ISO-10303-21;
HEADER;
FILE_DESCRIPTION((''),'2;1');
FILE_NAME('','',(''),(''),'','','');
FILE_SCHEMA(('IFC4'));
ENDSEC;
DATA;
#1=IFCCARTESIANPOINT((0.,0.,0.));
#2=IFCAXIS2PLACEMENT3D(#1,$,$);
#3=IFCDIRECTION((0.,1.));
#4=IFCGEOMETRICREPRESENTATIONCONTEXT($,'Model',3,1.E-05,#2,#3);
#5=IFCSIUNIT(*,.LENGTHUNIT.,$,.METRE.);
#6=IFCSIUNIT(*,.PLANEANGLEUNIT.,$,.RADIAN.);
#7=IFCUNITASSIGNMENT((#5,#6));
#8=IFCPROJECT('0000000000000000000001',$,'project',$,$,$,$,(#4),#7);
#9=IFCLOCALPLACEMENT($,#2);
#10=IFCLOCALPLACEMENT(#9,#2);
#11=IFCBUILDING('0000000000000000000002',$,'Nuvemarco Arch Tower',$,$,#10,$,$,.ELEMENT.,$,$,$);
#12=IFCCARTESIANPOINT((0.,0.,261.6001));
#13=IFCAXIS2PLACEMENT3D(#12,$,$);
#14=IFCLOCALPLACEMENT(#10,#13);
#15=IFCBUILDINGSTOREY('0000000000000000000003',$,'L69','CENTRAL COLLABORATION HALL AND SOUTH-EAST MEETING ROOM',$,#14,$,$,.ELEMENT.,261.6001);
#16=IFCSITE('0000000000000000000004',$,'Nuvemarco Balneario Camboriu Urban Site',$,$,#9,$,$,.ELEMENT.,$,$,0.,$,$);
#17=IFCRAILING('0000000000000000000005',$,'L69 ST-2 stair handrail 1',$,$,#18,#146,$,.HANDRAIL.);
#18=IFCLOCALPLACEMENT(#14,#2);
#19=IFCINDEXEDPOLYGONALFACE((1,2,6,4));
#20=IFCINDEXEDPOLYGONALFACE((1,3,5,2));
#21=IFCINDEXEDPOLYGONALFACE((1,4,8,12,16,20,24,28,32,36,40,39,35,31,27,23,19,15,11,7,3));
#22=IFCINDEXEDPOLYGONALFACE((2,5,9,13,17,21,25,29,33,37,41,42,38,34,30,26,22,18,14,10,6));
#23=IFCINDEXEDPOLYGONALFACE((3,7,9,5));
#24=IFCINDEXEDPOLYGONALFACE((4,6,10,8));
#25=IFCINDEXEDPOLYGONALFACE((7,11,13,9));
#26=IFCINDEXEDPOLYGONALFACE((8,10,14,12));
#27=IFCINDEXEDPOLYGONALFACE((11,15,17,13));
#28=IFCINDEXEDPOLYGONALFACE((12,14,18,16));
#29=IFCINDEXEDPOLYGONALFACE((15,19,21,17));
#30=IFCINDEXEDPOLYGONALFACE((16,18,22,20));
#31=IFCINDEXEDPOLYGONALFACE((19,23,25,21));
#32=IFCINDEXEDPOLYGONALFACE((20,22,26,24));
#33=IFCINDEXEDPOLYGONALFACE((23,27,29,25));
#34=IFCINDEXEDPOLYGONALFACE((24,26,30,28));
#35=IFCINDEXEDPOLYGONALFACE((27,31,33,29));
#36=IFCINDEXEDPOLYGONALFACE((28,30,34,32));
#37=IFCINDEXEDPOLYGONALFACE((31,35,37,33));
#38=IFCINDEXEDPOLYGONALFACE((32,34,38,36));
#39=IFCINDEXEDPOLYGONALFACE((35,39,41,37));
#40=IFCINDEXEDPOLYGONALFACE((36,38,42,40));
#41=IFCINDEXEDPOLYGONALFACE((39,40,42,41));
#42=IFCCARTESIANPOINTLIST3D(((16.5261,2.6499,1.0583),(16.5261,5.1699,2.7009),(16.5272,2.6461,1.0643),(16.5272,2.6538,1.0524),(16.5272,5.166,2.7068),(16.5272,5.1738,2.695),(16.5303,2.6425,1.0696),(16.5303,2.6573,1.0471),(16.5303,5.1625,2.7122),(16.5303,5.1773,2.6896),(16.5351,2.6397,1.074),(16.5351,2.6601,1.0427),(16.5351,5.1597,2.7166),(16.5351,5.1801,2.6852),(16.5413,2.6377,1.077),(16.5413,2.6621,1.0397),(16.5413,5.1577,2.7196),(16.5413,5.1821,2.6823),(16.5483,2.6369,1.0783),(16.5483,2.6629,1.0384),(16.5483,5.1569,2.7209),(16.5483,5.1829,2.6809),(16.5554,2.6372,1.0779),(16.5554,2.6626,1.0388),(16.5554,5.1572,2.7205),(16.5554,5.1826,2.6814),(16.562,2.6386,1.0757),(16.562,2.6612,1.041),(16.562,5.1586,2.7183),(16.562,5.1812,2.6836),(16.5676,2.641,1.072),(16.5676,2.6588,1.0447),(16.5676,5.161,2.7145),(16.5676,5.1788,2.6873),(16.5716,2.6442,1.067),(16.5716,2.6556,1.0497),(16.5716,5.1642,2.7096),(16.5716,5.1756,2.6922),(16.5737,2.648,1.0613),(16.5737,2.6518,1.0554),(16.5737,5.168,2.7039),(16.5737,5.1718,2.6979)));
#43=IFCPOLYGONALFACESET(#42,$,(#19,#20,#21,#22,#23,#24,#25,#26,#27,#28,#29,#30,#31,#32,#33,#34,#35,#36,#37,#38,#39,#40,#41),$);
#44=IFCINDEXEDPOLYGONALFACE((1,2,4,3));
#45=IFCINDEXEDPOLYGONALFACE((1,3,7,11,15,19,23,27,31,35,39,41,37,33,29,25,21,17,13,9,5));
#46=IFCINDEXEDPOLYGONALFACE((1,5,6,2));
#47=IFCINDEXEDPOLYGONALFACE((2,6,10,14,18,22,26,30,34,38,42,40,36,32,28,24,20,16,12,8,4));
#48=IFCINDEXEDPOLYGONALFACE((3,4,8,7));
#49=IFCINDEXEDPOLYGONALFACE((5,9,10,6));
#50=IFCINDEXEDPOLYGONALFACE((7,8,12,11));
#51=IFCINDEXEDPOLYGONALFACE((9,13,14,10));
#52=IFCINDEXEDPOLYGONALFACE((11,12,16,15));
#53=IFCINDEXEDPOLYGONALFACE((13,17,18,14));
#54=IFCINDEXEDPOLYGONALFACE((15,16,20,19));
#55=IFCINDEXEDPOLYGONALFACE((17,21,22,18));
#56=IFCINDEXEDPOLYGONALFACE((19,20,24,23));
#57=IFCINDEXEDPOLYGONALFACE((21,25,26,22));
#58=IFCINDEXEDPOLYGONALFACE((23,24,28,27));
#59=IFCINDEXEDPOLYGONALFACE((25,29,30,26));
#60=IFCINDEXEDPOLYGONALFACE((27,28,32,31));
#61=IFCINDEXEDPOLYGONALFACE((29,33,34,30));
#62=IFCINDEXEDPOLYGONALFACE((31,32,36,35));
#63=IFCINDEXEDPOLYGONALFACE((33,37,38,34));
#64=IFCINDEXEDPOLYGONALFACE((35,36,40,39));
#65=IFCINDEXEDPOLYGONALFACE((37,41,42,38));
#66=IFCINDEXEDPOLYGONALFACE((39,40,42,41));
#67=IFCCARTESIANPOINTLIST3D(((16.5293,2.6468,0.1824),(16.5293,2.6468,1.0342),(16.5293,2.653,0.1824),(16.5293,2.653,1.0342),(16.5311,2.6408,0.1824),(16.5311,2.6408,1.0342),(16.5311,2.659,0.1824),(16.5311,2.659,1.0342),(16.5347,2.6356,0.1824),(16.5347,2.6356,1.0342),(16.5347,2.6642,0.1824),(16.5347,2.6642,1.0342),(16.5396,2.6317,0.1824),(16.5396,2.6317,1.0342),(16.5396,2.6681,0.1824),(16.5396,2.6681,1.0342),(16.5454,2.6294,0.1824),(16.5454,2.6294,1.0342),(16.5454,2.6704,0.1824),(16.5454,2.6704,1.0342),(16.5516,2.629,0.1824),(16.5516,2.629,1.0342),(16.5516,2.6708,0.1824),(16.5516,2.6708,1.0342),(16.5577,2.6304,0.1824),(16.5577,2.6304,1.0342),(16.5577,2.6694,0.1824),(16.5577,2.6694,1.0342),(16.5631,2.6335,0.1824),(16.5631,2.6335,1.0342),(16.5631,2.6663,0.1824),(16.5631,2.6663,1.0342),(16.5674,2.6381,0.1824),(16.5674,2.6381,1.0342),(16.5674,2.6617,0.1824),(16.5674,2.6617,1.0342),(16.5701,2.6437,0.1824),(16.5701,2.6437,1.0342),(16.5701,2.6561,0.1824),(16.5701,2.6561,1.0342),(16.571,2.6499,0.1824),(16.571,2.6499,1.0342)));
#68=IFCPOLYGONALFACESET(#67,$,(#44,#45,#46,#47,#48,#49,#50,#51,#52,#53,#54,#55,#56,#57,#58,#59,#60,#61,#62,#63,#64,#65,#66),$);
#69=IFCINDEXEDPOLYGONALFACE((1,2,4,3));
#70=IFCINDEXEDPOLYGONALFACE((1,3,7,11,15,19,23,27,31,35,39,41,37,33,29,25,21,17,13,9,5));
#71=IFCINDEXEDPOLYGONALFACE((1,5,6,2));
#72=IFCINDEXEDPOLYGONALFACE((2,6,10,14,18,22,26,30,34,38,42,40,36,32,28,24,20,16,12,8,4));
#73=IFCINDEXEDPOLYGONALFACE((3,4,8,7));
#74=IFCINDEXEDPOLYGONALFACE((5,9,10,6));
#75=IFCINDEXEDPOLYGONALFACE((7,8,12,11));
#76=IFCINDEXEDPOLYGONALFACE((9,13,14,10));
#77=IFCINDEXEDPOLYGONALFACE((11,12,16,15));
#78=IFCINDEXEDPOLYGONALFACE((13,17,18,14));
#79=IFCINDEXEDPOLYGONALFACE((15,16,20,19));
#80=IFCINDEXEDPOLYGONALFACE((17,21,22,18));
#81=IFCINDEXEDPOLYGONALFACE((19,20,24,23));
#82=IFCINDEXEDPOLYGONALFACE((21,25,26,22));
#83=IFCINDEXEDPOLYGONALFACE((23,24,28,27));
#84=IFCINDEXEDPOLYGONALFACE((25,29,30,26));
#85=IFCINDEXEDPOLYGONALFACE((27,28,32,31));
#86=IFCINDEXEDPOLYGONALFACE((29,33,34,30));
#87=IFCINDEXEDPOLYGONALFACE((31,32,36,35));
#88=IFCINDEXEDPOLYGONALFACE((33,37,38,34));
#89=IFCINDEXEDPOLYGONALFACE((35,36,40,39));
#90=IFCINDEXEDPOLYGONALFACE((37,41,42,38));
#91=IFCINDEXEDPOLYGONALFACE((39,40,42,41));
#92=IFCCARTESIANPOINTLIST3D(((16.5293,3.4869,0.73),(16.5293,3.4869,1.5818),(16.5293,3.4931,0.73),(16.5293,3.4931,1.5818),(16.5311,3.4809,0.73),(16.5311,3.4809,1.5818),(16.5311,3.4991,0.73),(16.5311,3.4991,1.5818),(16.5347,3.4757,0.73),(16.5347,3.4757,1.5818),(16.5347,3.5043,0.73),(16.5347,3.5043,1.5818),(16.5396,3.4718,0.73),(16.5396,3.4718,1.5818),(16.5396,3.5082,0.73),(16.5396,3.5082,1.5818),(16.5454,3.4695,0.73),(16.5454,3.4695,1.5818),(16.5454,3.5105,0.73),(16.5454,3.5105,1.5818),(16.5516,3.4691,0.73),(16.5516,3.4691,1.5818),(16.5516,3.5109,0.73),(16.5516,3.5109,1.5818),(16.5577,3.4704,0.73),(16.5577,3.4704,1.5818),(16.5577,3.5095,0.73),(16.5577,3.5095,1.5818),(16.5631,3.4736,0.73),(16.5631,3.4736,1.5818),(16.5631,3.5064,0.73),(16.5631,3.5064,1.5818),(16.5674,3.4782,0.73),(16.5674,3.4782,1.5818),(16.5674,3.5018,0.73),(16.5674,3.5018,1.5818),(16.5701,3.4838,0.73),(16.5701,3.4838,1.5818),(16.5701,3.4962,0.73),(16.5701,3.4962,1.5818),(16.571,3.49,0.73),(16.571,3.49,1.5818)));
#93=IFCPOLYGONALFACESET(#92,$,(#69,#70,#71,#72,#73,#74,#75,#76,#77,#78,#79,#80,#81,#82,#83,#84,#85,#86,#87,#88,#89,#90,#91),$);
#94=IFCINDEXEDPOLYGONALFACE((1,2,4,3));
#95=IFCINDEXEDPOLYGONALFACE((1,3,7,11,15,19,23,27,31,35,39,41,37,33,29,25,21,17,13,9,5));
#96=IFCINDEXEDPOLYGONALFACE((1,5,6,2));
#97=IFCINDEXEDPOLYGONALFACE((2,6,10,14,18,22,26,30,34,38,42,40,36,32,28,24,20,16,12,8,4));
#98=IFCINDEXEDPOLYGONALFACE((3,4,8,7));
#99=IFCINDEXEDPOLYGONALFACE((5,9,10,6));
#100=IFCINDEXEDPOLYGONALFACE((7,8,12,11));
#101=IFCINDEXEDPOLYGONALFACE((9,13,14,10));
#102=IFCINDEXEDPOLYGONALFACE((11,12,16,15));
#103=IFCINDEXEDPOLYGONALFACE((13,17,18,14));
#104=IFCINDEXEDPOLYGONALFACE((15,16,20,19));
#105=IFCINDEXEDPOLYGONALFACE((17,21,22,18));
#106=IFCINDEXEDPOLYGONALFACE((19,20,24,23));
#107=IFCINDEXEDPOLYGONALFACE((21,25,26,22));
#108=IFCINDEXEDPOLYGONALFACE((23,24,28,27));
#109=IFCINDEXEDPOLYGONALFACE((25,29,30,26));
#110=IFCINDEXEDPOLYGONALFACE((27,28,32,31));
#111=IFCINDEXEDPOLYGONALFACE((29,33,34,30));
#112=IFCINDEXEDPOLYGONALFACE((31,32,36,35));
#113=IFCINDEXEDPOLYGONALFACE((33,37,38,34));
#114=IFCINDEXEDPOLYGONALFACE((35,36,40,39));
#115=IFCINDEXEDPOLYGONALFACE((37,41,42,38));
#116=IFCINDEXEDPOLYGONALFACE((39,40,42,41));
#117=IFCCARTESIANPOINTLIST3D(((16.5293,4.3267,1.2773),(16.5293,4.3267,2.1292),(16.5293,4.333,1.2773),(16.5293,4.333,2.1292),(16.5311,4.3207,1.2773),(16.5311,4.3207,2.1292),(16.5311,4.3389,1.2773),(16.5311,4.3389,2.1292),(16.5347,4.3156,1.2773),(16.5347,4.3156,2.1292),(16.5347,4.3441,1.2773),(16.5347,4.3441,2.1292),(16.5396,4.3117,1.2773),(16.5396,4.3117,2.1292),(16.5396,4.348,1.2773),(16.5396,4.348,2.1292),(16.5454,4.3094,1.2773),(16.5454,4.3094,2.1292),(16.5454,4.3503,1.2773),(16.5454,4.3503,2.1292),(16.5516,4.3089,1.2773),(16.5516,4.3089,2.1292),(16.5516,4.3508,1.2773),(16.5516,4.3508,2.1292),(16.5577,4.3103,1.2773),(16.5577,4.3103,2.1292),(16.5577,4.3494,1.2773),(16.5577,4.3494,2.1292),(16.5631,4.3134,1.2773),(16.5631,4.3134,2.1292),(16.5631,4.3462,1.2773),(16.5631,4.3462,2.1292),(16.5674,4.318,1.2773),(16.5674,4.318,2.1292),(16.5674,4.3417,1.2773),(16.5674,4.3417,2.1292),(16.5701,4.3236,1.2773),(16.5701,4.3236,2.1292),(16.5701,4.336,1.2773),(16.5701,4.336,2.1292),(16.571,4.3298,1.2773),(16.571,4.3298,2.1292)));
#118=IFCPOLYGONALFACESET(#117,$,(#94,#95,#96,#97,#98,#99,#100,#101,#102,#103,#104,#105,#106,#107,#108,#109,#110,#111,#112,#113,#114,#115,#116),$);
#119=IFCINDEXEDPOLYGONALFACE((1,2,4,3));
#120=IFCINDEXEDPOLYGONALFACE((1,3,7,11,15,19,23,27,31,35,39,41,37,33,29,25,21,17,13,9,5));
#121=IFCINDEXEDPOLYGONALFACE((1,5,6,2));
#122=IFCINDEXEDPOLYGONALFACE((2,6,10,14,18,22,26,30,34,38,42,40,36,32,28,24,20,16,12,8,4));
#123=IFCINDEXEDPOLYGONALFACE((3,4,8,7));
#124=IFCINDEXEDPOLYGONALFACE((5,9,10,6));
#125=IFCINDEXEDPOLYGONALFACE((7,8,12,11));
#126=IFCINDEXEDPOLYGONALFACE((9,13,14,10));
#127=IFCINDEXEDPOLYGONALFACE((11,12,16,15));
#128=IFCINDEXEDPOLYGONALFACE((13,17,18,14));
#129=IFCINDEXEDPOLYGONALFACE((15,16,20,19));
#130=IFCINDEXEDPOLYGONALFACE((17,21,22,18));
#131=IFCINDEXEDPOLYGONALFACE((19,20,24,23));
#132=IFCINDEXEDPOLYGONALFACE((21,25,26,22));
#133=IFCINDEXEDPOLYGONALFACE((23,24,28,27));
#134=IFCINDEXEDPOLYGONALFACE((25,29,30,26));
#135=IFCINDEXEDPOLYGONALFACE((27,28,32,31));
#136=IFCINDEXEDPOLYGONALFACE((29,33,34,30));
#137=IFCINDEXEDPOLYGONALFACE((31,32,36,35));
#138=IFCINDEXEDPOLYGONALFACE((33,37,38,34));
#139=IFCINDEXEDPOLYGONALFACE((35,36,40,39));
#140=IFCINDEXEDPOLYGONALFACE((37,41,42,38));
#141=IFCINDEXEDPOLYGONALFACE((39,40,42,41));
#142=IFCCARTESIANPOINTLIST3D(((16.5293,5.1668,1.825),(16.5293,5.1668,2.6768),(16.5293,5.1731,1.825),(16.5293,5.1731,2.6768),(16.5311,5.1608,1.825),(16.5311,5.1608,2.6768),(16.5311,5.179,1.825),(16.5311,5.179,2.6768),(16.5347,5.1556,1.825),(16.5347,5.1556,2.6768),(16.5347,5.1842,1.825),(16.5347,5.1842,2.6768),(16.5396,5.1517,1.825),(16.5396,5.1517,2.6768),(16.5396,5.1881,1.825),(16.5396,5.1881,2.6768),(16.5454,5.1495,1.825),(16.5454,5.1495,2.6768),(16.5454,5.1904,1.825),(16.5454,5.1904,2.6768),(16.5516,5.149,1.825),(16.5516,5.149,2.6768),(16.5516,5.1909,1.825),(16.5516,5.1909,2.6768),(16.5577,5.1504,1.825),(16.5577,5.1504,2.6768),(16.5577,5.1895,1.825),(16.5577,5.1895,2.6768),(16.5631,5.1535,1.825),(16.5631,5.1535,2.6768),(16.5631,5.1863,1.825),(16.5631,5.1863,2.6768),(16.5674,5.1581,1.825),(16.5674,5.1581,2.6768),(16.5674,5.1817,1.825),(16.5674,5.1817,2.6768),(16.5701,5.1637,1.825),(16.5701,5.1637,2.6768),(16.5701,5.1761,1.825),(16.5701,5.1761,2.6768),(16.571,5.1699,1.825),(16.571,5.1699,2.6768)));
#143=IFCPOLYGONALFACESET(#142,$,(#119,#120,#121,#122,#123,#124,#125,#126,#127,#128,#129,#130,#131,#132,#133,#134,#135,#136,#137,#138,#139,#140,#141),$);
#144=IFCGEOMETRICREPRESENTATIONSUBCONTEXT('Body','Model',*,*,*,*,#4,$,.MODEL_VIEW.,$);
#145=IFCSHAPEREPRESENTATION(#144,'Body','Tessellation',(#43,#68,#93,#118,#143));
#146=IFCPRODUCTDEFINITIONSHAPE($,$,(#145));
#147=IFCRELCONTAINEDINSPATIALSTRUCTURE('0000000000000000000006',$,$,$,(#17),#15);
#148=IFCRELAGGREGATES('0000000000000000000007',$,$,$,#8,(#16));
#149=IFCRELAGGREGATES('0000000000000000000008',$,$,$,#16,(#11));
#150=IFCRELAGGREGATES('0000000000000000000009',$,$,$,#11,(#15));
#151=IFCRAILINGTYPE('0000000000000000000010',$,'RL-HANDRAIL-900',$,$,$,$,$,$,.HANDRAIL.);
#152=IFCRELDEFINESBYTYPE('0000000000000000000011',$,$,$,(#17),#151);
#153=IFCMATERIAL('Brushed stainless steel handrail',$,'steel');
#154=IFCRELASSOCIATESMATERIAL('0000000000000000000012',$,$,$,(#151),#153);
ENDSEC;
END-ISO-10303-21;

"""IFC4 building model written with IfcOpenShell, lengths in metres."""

from ifc_helpers import new_model, si_unit, direction, frame, origin, origin_2d, place, context, subcontext, project, spatial, circle, extrude, material, type_object, element, save


model = new_model("IFC4")

# Units and contexts
model_context = context("Model", 3, precision=1e-05, world=origin(), true_north=direction((0.0, 1.0)))
body_context = subcontext(model_context, "Body", "Model", "MODEL_VIEW")
ifc_project = project(units=[si_unit("LENGTHUNIT", "METRE"), si_unit("PLANEANGLEUNIT", "RADIAN")], contexts=[model_context])

# Site, building, storey
site_placement = place(None, origin())
site = spatial("IfcSite", under=ifc_project, at=site_placement, Name="Nuvemarco Balneario Camboriu Urban Site", CompositionType="ELEMENT", RefElevation=0.0)
building_placement = place(site_placement, origin())
building = spatial("IfcBuilding", under=site, at=building_placement, Name="Nuvemarco Arch Tower", CompositionType="ELEMENT")
storey_placement = place(building_placement, frame((0.0, 0.0, 261.6001)))
storey = spatial("IfcBuildingStorey", under=building, at=storey_placement, Name="L69", Description="CENTRAL COLLABORATION HALL AND SOUTH-EAST MEETING ROOM", CompositionType="ELEMENT", Elevation=261.6001)

# Railing
ifc_material_1 = material(Name="Brushed stainless steel handrail", Category="steel")
railing_type_1 = type_object("IfcRailingType", Name="RL-HANDRAIL-900", PredefinedType="HANDRAIL", material=ifc_material_1)
railing_1_placement = place(storey_placement, frame((16.55, 2.6499, 0.1824)))
element("IfcRailing", 1, at=railing_1_placement, inside=storey, type_object=railing_type_1, Name="L69 ST-2 stair handrail 1", PredefinedType="HANDRAIL", context=body_context, shape_type="SweptSolid", body=[
    extrude(circle(Radius=0.0239, at=origin_2d()), frame((0.0, 0.0, 0.876), z_axis=(0.0, 0.837749, 0.546055), x_axis=(-1.0, 0.0, 0.0)), (0.0, 0.0, 1.0), 3.0081),
    extrude(circle(Radius=0.021, at=origin_2d()), origin(), (0.0, 0.0, 1.0), 0.8518),
    extrude(circle(Radius=0.021, at=origin_2d()), frame((0.0, 0.8401, 0.5476)), (0.0, 0.0, 1.0), 0.8518),
    extrude(circle(Radius=0.021, at=origin_2d()), frame((0.0, 1.6799, 1.095)), (0.0, 0.0, 1.0), 0.8518),
    extrude(circle(Radius=0.021, at=origin_2d()), frame((0.0, 2.52, 1.6426)), (0.0, 0.0, 1.0), 0.8518),
])

save(model, "model.ifc")
